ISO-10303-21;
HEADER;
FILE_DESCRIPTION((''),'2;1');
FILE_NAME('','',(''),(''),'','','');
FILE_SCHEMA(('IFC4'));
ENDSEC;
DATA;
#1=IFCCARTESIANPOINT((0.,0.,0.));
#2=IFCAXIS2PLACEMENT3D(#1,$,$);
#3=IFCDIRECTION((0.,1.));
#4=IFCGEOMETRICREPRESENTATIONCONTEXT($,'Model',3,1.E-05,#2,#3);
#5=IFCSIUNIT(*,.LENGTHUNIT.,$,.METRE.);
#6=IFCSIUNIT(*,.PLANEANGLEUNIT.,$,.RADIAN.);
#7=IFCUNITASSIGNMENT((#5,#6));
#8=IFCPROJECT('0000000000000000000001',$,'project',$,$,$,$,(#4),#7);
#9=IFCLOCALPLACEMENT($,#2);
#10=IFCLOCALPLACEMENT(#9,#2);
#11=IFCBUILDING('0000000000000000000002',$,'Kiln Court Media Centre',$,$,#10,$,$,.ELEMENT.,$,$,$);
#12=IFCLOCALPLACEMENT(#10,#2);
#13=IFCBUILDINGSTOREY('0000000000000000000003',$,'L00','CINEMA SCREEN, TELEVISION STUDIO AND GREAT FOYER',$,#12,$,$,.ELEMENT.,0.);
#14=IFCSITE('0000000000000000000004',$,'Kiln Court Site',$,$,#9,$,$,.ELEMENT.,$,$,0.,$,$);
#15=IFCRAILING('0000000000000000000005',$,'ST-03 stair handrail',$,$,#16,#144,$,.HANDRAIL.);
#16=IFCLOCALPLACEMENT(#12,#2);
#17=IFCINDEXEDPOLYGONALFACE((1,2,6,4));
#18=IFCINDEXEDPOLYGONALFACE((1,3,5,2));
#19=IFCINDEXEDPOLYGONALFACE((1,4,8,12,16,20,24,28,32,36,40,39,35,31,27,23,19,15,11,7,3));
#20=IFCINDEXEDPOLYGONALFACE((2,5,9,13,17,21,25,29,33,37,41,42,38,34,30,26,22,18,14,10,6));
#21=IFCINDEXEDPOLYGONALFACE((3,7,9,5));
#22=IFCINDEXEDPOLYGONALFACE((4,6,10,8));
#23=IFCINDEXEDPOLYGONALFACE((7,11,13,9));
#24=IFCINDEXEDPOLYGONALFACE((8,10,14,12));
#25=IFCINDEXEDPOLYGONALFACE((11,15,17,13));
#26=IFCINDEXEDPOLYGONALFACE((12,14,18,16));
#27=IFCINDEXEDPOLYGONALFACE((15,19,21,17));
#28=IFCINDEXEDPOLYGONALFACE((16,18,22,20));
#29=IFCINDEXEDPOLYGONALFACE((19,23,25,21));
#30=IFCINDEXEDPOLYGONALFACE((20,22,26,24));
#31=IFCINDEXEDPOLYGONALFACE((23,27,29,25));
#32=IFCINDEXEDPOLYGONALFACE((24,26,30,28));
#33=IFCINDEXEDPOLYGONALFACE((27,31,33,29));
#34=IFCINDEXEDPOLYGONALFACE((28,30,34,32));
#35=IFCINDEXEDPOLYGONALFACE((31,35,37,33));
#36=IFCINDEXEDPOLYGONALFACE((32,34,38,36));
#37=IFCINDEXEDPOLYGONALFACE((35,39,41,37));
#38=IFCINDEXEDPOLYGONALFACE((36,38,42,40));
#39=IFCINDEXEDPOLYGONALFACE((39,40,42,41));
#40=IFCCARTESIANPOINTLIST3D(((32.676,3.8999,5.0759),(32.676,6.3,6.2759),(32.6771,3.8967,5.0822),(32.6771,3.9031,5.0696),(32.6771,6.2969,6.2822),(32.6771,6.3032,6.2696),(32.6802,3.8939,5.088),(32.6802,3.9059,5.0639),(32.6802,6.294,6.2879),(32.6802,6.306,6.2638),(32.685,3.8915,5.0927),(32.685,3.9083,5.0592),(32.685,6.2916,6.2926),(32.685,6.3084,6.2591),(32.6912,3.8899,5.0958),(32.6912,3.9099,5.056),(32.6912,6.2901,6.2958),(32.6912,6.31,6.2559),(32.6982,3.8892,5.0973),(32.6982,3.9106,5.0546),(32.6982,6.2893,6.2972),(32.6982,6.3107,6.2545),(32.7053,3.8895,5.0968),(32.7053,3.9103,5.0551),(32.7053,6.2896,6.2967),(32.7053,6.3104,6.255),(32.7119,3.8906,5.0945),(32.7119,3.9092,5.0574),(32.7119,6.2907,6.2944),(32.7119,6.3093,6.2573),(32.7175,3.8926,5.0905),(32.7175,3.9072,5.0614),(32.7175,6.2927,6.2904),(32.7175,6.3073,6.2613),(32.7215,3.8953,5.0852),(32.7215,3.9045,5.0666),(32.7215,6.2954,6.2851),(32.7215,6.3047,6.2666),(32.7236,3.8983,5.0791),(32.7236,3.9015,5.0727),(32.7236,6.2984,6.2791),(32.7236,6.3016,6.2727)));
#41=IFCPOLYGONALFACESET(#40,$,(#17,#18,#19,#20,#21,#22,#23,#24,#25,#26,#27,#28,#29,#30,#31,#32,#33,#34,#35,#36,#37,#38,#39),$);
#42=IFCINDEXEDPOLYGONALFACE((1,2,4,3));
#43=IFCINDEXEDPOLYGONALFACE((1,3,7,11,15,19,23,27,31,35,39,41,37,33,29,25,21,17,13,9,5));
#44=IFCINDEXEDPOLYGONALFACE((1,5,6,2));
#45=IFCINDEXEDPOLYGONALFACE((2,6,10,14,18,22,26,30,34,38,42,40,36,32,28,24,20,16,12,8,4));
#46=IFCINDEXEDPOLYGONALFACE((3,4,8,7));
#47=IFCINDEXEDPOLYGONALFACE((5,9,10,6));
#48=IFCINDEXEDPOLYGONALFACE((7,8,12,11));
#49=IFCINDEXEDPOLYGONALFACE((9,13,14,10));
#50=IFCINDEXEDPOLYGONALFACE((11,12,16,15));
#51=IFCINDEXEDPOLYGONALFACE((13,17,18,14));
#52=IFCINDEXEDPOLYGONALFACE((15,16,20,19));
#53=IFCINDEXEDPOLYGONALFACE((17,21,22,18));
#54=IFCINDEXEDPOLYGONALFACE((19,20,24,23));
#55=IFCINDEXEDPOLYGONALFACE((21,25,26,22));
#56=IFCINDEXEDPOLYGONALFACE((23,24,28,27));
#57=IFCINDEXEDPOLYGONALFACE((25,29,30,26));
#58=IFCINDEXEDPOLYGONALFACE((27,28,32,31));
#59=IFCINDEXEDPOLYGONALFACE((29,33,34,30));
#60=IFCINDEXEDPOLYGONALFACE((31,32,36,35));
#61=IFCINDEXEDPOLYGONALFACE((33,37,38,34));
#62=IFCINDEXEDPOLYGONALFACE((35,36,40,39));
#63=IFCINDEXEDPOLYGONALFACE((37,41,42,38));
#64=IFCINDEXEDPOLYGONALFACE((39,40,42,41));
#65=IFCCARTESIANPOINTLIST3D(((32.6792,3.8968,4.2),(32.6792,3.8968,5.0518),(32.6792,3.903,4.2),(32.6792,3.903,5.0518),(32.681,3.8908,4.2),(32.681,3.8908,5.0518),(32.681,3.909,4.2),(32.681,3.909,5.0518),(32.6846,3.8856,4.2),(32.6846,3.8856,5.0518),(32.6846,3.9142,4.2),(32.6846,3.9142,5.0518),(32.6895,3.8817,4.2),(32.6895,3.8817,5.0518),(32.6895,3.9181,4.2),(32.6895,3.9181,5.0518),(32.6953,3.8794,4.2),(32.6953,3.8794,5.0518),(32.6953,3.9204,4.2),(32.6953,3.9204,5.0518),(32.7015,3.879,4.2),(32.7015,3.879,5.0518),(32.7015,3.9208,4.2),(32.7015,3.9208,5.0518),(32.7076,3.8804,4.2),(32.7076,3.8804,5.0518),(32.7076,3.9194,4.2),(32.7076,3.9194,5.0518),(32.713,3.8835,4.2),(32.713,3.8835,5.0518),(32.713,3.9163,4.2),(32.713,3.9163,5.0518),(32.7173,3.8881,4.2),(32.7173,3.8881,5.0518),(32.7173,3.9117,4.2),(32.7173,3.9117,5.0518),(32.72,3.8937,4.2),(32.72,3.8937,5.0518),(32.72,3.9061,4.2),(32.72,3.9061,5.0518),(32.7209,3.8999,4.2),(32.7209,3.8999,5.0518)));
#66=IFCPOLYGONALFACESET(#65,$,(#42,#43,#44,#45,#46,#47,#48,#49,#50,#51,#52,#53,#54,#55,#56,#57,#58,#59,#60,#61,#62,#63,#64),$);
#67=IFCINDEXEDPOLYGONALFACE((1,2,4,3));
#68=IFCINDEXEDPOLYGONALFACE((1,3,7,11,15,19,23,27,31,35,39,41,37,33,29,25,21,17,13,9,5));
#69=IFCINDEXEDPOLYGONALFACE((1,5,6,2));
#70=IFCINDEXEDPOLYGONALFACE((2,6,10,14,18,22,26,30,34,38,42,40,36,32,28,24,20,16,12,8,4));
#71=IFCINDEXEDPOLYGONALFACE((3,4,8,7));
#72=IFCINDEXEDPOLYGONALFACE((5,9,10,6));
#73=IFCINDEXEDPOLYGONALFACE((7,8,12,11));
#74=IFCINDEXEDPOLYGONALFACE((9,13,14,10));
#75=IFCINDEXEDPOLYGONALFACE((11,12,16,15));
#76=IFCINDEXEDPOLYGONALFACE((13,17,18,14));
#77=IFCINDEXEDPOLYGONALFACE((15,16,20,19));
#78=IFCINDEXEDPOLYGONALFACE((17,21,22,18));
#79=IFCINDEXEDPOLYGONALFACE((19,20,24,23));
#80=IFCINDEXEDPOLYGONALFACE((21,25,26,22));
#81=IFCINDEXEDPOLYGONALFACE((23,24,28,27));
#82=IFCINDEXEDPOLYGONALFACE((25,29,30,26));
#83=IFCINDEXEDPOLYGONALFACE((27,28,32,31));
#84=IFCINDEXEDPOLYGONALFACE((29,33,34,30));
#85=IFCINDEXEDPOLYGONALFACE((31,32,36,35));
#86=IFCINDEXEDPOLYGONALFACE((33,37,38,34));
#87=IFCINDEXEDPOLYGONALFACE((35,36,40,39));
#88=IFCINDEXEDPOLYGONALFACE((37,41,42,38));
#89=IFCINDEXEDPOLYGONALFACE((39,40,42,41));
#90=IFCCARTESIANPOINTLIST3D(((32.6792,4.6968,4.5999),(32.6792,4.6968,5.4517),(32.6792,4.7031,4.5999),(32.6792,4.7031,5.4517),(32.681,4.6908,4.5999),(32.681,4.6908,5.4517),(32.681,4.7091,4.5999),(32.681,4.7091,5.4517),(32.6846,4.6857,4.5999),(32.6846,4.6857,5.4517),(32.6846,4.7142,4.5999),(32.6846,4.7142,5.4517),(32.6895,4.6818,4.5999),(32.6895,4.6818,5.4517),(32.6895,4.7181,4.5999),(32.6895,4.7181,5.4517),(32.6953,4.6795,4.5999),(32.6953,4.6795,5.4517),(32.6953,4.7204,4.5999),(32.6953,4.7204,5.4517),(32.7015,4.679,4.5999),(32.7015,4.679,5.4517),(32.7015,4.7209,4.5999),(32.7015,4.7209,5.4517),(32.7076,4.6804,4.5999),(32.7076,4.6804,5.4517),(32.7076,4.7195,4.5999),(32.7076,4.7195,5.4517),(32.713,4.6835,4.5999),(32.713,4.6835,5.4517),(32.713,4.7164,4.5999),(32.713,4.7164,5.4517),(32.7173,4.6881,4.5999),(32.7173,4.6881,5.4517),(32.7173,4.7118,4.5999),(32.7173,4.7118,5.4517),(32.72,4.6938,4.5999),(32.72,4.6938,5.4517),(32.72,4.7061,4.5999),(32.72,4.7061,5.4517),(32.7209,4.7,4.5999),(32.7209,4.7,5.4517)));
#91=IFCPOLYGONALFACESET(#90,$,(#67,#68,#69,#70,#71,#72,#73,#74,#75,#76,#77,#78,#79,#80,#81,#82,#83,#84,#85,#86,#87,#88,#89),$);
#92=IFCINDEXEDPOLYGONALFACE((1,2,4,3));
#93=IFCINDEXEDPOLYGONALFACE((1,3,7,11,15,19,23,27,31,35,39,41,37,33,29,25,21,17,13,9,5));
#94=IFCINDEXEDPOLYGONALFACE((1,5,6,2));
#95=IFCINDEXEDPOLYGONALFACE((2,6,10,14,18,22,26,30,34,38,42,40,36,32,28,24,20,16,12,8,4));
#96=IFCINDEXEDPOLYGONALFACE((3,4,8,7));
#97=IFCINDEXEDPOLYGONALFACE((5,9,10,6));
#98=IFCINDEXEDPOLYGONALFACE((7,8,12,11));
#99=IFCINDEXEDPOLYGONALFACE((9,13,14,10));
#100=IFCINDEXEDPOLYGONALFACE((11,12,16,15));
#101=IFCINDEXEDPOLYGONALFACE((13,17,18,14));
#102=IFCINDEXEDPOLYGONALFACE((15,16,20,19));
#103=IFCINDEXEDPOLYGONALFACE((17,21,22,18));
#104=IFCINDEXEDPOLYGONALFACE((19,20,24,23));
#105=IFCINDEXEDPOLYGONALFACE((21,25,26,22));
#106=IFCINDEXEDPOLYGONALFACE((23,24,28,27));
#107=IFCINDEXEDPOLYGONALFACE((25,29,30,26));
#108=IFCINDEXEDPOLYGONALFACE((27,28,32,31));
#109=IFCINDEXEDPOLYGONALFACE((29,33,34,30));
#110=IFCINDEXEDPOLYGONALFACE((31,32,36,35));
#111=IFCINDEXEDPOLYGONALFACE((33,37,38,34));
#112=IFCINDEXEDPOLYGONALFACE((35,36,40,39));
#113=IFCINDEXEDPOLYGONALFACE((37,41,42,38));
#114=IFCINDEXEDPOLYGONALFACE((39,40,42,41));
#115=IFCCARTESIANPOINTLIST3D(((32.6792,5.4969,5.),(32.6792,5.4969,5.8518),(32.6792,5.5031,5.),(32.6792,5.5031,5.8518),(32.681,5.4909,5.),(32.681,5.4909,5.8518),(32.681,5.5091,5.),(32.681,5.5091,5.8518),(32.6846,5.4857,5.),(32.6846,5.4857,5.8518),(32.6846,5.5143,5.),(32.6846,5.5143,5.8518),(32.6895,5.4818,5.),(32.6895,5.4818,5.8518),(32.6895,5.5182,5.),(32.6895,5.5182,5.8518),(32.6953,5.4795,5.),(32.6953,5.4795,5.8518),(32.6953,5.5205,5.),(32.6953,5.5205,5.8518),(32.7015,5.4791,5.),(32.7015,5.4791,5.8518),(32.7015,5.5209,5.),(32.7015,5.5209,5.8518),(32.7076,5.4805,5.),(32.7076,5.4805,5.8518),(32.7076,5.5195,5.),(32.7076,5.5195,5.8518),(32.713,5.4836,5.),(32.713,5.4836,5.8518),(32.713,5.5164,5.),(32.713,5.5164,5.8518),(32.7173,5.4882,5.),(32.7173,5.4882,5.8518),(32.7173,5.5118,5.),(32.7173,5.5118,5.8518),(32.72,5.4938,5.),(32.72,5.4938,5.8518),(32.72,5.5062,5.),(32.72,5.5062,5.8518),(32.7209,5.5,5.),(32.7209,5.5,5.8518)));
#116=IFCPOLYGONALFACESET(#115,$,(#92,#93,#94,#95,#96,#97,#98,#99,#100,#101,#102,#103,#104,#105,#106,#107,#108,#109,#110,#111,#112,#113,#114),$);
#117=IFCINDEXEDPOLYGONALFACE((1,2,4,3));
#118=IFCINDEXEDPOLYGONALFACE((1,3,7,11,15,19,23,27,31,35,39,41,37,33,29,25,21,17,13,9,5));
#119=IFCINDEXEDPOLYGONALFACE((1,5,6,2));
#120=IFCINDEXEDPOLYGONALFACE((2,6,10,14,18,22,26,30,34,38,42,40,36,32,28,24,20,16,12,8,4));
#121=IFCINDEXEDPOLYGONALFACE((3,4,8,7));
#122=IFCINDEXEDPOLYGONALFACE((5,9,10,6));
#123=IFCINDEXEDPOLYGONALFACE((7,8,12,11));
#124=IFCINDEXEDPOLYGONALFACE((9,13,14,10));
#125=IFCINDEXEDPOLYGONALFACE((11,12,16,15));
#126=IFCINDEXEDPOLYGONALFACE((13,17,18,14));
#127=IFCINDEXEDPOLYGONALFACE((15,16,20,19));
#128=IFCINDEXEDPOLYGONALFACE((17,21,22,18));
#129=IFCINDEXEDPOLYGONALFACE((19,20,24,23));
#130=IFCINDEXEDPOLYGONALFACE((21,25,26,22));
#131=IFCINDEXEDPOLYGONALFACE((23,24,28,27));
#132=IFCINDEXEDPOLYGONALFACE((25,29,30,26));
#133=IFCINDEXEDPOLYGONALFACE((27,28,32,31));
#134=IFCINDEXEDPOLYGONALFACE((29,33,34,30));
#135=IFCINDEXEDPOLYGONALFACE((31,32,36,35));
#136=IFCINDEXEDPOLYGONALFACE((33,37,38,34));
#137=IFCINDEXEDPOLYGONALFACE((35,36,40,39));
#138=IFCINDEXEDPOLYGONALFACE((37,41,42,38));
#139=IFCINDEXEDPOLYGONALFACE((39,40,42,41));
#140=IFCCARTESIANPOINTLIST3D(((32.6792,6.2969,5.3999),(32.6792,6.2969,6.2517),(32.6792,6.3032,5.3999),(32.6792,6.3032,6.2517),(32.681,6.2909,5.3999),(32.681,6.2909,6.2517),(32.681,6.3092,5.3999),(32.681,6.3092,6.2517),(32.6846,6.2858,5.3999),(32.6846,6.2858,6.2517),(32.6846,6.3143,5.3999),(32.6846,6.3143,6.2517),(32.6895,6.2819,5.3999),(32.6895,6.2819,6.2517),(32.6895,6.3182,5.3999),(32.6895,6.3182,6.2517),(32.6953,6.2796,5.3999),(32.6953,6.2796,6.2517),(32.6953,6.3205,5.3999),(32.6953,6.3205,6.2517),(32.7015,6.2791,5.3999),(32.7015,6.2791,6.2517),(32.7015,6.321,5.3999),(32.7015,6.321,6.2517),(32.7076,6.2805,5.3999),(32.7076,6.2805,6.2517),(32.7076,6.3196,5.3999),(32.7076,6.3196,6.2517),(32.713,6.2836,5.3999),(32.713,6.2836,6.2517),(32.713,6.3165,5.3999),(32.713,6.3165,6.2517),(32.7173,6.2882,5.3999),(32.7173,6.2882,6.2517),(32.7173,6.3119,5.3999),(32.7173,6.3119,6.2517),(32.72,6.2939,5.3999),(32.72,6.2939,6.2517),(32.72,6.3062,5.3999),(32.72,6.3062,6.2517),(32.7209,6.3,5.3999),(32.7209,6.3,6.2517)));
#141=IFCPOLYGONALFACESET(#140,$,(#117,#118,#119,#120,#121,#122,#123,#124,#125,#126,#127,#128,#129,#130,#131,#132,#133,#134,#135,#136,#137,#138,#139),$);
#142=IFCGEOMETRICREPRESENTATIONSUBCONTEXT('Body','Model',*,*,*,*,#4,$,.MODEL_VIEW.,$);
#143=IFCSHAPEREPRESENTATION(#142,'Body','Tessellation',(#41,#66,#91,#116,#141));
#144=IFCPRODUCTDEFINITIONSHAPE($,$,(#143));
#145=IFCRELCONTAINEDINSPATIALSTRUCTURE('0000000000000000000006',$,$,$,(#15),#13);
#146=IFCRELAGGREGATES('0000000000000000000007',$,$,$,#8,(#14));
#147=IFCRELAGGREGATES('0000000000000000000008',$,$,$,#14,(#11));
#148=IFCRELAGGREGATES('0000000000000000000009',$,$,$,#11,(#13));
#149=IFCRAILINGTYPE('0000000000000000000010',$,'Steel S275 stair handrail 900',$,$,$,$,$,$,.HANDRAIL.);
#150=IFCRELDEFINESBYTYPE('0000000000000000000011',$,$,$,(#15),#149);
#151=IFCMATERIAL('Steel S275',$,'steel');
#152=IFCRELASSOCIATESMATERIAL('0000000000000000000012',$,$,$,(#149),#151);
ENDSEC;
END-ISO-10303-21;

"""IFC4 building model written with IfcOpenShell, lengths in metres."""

from ifc_helpers import new_model, si_unit, direction, frame, origin, origin_2d, place, context, subcontext, project, spatial, circle, extrude, material, type_object, element, save


model = new_model("IFC4")

# Units and contexts
model_context = context("Model", 3, precision=1e-05, world=origin(), true_north=direction((0.0, 1.0)))
body_context = subcontext(model_context, "Body", "Model", "MODEL_VIEW")
ifc_project = project(units=[si_unit("LENGTHUNIT", "METRE"), si_unit("PLANEANGLEUNIT", "RADIAN")], contexts=[model_context])

# Site, building, storey
site_placement = place(None, origin())
site = spatial("IfcSite", under=ifc_project, at=site_placement, Name="Kiln Court Site", CompositionType="ELEMENT", RefElevation=0.0)
building_placement = place(site_placement, origin())
building = spatial("IfcBuilding", under=site, at=building_placement, Name="Kiln Court Media Centre", CompositionType="ELEMENT")
storey_placement = place(building_placement, origin())
storey = spatial("IfcBuildingStorey", under=building, at=storey_placement, Name="L00", Description="CINEMA SCREEN, TELEVISION STUDIO AND GREAT FOYER", CompositionType="ELEMENT", Elevation=0.0)

# Railing
ifc_material_1 = material(Name="Steel S275", Category="steel")
railing_type_1 = type_object("IfcRailingType", Name="Steel S275 stair handrail 900", PredefinedType="HANDRAIL", material=ifc_material_1)
railing_1_placement = place(storey_placement, frame((32.7, 3.8999, 4.2)))
element("IfcRailing", 1, at=railing_1_placement, inside=storey, type_object=railing_type_1, Name="ST-03 stair handrail", PredefinedType="HANDRAIL", context=body_context, shape_type="SweptSolid", body=[
    extrude(circle(Radius=0.0239, at=origin_2d()), frame((0.0, 0.0, 0.876), z_axis=(0.0, 0.894445, 0.447177), x_axis=(-1.0, 0.0, 0.0)), (0.0, 0.0, 1.0), 2.6833),
    extrude(circle(Radius=0.021, at=origin_2d()), origin(), (0.0, 0.0, 1.0), 0.8518),
    extrude(circle(Radius=0.021, at=origin_2d()), frame((0.0, 0.8, 0.3999)), (0.0, 0.0, 1.0), 0.8518),
    extrude(circle(Radius=0.021, at=origin_2d()), frame((0.0, 1.6001, 0.8)), (0.0, 0.0, 1.0), 0.8518),
    extrude(circle(Radius=0.021, at=origin_2d()), frame((0.0, 2.4001, 1.2)), (0.0, 0.0, 1.0), 0.8518),
])

save(model, "model.ifc")
